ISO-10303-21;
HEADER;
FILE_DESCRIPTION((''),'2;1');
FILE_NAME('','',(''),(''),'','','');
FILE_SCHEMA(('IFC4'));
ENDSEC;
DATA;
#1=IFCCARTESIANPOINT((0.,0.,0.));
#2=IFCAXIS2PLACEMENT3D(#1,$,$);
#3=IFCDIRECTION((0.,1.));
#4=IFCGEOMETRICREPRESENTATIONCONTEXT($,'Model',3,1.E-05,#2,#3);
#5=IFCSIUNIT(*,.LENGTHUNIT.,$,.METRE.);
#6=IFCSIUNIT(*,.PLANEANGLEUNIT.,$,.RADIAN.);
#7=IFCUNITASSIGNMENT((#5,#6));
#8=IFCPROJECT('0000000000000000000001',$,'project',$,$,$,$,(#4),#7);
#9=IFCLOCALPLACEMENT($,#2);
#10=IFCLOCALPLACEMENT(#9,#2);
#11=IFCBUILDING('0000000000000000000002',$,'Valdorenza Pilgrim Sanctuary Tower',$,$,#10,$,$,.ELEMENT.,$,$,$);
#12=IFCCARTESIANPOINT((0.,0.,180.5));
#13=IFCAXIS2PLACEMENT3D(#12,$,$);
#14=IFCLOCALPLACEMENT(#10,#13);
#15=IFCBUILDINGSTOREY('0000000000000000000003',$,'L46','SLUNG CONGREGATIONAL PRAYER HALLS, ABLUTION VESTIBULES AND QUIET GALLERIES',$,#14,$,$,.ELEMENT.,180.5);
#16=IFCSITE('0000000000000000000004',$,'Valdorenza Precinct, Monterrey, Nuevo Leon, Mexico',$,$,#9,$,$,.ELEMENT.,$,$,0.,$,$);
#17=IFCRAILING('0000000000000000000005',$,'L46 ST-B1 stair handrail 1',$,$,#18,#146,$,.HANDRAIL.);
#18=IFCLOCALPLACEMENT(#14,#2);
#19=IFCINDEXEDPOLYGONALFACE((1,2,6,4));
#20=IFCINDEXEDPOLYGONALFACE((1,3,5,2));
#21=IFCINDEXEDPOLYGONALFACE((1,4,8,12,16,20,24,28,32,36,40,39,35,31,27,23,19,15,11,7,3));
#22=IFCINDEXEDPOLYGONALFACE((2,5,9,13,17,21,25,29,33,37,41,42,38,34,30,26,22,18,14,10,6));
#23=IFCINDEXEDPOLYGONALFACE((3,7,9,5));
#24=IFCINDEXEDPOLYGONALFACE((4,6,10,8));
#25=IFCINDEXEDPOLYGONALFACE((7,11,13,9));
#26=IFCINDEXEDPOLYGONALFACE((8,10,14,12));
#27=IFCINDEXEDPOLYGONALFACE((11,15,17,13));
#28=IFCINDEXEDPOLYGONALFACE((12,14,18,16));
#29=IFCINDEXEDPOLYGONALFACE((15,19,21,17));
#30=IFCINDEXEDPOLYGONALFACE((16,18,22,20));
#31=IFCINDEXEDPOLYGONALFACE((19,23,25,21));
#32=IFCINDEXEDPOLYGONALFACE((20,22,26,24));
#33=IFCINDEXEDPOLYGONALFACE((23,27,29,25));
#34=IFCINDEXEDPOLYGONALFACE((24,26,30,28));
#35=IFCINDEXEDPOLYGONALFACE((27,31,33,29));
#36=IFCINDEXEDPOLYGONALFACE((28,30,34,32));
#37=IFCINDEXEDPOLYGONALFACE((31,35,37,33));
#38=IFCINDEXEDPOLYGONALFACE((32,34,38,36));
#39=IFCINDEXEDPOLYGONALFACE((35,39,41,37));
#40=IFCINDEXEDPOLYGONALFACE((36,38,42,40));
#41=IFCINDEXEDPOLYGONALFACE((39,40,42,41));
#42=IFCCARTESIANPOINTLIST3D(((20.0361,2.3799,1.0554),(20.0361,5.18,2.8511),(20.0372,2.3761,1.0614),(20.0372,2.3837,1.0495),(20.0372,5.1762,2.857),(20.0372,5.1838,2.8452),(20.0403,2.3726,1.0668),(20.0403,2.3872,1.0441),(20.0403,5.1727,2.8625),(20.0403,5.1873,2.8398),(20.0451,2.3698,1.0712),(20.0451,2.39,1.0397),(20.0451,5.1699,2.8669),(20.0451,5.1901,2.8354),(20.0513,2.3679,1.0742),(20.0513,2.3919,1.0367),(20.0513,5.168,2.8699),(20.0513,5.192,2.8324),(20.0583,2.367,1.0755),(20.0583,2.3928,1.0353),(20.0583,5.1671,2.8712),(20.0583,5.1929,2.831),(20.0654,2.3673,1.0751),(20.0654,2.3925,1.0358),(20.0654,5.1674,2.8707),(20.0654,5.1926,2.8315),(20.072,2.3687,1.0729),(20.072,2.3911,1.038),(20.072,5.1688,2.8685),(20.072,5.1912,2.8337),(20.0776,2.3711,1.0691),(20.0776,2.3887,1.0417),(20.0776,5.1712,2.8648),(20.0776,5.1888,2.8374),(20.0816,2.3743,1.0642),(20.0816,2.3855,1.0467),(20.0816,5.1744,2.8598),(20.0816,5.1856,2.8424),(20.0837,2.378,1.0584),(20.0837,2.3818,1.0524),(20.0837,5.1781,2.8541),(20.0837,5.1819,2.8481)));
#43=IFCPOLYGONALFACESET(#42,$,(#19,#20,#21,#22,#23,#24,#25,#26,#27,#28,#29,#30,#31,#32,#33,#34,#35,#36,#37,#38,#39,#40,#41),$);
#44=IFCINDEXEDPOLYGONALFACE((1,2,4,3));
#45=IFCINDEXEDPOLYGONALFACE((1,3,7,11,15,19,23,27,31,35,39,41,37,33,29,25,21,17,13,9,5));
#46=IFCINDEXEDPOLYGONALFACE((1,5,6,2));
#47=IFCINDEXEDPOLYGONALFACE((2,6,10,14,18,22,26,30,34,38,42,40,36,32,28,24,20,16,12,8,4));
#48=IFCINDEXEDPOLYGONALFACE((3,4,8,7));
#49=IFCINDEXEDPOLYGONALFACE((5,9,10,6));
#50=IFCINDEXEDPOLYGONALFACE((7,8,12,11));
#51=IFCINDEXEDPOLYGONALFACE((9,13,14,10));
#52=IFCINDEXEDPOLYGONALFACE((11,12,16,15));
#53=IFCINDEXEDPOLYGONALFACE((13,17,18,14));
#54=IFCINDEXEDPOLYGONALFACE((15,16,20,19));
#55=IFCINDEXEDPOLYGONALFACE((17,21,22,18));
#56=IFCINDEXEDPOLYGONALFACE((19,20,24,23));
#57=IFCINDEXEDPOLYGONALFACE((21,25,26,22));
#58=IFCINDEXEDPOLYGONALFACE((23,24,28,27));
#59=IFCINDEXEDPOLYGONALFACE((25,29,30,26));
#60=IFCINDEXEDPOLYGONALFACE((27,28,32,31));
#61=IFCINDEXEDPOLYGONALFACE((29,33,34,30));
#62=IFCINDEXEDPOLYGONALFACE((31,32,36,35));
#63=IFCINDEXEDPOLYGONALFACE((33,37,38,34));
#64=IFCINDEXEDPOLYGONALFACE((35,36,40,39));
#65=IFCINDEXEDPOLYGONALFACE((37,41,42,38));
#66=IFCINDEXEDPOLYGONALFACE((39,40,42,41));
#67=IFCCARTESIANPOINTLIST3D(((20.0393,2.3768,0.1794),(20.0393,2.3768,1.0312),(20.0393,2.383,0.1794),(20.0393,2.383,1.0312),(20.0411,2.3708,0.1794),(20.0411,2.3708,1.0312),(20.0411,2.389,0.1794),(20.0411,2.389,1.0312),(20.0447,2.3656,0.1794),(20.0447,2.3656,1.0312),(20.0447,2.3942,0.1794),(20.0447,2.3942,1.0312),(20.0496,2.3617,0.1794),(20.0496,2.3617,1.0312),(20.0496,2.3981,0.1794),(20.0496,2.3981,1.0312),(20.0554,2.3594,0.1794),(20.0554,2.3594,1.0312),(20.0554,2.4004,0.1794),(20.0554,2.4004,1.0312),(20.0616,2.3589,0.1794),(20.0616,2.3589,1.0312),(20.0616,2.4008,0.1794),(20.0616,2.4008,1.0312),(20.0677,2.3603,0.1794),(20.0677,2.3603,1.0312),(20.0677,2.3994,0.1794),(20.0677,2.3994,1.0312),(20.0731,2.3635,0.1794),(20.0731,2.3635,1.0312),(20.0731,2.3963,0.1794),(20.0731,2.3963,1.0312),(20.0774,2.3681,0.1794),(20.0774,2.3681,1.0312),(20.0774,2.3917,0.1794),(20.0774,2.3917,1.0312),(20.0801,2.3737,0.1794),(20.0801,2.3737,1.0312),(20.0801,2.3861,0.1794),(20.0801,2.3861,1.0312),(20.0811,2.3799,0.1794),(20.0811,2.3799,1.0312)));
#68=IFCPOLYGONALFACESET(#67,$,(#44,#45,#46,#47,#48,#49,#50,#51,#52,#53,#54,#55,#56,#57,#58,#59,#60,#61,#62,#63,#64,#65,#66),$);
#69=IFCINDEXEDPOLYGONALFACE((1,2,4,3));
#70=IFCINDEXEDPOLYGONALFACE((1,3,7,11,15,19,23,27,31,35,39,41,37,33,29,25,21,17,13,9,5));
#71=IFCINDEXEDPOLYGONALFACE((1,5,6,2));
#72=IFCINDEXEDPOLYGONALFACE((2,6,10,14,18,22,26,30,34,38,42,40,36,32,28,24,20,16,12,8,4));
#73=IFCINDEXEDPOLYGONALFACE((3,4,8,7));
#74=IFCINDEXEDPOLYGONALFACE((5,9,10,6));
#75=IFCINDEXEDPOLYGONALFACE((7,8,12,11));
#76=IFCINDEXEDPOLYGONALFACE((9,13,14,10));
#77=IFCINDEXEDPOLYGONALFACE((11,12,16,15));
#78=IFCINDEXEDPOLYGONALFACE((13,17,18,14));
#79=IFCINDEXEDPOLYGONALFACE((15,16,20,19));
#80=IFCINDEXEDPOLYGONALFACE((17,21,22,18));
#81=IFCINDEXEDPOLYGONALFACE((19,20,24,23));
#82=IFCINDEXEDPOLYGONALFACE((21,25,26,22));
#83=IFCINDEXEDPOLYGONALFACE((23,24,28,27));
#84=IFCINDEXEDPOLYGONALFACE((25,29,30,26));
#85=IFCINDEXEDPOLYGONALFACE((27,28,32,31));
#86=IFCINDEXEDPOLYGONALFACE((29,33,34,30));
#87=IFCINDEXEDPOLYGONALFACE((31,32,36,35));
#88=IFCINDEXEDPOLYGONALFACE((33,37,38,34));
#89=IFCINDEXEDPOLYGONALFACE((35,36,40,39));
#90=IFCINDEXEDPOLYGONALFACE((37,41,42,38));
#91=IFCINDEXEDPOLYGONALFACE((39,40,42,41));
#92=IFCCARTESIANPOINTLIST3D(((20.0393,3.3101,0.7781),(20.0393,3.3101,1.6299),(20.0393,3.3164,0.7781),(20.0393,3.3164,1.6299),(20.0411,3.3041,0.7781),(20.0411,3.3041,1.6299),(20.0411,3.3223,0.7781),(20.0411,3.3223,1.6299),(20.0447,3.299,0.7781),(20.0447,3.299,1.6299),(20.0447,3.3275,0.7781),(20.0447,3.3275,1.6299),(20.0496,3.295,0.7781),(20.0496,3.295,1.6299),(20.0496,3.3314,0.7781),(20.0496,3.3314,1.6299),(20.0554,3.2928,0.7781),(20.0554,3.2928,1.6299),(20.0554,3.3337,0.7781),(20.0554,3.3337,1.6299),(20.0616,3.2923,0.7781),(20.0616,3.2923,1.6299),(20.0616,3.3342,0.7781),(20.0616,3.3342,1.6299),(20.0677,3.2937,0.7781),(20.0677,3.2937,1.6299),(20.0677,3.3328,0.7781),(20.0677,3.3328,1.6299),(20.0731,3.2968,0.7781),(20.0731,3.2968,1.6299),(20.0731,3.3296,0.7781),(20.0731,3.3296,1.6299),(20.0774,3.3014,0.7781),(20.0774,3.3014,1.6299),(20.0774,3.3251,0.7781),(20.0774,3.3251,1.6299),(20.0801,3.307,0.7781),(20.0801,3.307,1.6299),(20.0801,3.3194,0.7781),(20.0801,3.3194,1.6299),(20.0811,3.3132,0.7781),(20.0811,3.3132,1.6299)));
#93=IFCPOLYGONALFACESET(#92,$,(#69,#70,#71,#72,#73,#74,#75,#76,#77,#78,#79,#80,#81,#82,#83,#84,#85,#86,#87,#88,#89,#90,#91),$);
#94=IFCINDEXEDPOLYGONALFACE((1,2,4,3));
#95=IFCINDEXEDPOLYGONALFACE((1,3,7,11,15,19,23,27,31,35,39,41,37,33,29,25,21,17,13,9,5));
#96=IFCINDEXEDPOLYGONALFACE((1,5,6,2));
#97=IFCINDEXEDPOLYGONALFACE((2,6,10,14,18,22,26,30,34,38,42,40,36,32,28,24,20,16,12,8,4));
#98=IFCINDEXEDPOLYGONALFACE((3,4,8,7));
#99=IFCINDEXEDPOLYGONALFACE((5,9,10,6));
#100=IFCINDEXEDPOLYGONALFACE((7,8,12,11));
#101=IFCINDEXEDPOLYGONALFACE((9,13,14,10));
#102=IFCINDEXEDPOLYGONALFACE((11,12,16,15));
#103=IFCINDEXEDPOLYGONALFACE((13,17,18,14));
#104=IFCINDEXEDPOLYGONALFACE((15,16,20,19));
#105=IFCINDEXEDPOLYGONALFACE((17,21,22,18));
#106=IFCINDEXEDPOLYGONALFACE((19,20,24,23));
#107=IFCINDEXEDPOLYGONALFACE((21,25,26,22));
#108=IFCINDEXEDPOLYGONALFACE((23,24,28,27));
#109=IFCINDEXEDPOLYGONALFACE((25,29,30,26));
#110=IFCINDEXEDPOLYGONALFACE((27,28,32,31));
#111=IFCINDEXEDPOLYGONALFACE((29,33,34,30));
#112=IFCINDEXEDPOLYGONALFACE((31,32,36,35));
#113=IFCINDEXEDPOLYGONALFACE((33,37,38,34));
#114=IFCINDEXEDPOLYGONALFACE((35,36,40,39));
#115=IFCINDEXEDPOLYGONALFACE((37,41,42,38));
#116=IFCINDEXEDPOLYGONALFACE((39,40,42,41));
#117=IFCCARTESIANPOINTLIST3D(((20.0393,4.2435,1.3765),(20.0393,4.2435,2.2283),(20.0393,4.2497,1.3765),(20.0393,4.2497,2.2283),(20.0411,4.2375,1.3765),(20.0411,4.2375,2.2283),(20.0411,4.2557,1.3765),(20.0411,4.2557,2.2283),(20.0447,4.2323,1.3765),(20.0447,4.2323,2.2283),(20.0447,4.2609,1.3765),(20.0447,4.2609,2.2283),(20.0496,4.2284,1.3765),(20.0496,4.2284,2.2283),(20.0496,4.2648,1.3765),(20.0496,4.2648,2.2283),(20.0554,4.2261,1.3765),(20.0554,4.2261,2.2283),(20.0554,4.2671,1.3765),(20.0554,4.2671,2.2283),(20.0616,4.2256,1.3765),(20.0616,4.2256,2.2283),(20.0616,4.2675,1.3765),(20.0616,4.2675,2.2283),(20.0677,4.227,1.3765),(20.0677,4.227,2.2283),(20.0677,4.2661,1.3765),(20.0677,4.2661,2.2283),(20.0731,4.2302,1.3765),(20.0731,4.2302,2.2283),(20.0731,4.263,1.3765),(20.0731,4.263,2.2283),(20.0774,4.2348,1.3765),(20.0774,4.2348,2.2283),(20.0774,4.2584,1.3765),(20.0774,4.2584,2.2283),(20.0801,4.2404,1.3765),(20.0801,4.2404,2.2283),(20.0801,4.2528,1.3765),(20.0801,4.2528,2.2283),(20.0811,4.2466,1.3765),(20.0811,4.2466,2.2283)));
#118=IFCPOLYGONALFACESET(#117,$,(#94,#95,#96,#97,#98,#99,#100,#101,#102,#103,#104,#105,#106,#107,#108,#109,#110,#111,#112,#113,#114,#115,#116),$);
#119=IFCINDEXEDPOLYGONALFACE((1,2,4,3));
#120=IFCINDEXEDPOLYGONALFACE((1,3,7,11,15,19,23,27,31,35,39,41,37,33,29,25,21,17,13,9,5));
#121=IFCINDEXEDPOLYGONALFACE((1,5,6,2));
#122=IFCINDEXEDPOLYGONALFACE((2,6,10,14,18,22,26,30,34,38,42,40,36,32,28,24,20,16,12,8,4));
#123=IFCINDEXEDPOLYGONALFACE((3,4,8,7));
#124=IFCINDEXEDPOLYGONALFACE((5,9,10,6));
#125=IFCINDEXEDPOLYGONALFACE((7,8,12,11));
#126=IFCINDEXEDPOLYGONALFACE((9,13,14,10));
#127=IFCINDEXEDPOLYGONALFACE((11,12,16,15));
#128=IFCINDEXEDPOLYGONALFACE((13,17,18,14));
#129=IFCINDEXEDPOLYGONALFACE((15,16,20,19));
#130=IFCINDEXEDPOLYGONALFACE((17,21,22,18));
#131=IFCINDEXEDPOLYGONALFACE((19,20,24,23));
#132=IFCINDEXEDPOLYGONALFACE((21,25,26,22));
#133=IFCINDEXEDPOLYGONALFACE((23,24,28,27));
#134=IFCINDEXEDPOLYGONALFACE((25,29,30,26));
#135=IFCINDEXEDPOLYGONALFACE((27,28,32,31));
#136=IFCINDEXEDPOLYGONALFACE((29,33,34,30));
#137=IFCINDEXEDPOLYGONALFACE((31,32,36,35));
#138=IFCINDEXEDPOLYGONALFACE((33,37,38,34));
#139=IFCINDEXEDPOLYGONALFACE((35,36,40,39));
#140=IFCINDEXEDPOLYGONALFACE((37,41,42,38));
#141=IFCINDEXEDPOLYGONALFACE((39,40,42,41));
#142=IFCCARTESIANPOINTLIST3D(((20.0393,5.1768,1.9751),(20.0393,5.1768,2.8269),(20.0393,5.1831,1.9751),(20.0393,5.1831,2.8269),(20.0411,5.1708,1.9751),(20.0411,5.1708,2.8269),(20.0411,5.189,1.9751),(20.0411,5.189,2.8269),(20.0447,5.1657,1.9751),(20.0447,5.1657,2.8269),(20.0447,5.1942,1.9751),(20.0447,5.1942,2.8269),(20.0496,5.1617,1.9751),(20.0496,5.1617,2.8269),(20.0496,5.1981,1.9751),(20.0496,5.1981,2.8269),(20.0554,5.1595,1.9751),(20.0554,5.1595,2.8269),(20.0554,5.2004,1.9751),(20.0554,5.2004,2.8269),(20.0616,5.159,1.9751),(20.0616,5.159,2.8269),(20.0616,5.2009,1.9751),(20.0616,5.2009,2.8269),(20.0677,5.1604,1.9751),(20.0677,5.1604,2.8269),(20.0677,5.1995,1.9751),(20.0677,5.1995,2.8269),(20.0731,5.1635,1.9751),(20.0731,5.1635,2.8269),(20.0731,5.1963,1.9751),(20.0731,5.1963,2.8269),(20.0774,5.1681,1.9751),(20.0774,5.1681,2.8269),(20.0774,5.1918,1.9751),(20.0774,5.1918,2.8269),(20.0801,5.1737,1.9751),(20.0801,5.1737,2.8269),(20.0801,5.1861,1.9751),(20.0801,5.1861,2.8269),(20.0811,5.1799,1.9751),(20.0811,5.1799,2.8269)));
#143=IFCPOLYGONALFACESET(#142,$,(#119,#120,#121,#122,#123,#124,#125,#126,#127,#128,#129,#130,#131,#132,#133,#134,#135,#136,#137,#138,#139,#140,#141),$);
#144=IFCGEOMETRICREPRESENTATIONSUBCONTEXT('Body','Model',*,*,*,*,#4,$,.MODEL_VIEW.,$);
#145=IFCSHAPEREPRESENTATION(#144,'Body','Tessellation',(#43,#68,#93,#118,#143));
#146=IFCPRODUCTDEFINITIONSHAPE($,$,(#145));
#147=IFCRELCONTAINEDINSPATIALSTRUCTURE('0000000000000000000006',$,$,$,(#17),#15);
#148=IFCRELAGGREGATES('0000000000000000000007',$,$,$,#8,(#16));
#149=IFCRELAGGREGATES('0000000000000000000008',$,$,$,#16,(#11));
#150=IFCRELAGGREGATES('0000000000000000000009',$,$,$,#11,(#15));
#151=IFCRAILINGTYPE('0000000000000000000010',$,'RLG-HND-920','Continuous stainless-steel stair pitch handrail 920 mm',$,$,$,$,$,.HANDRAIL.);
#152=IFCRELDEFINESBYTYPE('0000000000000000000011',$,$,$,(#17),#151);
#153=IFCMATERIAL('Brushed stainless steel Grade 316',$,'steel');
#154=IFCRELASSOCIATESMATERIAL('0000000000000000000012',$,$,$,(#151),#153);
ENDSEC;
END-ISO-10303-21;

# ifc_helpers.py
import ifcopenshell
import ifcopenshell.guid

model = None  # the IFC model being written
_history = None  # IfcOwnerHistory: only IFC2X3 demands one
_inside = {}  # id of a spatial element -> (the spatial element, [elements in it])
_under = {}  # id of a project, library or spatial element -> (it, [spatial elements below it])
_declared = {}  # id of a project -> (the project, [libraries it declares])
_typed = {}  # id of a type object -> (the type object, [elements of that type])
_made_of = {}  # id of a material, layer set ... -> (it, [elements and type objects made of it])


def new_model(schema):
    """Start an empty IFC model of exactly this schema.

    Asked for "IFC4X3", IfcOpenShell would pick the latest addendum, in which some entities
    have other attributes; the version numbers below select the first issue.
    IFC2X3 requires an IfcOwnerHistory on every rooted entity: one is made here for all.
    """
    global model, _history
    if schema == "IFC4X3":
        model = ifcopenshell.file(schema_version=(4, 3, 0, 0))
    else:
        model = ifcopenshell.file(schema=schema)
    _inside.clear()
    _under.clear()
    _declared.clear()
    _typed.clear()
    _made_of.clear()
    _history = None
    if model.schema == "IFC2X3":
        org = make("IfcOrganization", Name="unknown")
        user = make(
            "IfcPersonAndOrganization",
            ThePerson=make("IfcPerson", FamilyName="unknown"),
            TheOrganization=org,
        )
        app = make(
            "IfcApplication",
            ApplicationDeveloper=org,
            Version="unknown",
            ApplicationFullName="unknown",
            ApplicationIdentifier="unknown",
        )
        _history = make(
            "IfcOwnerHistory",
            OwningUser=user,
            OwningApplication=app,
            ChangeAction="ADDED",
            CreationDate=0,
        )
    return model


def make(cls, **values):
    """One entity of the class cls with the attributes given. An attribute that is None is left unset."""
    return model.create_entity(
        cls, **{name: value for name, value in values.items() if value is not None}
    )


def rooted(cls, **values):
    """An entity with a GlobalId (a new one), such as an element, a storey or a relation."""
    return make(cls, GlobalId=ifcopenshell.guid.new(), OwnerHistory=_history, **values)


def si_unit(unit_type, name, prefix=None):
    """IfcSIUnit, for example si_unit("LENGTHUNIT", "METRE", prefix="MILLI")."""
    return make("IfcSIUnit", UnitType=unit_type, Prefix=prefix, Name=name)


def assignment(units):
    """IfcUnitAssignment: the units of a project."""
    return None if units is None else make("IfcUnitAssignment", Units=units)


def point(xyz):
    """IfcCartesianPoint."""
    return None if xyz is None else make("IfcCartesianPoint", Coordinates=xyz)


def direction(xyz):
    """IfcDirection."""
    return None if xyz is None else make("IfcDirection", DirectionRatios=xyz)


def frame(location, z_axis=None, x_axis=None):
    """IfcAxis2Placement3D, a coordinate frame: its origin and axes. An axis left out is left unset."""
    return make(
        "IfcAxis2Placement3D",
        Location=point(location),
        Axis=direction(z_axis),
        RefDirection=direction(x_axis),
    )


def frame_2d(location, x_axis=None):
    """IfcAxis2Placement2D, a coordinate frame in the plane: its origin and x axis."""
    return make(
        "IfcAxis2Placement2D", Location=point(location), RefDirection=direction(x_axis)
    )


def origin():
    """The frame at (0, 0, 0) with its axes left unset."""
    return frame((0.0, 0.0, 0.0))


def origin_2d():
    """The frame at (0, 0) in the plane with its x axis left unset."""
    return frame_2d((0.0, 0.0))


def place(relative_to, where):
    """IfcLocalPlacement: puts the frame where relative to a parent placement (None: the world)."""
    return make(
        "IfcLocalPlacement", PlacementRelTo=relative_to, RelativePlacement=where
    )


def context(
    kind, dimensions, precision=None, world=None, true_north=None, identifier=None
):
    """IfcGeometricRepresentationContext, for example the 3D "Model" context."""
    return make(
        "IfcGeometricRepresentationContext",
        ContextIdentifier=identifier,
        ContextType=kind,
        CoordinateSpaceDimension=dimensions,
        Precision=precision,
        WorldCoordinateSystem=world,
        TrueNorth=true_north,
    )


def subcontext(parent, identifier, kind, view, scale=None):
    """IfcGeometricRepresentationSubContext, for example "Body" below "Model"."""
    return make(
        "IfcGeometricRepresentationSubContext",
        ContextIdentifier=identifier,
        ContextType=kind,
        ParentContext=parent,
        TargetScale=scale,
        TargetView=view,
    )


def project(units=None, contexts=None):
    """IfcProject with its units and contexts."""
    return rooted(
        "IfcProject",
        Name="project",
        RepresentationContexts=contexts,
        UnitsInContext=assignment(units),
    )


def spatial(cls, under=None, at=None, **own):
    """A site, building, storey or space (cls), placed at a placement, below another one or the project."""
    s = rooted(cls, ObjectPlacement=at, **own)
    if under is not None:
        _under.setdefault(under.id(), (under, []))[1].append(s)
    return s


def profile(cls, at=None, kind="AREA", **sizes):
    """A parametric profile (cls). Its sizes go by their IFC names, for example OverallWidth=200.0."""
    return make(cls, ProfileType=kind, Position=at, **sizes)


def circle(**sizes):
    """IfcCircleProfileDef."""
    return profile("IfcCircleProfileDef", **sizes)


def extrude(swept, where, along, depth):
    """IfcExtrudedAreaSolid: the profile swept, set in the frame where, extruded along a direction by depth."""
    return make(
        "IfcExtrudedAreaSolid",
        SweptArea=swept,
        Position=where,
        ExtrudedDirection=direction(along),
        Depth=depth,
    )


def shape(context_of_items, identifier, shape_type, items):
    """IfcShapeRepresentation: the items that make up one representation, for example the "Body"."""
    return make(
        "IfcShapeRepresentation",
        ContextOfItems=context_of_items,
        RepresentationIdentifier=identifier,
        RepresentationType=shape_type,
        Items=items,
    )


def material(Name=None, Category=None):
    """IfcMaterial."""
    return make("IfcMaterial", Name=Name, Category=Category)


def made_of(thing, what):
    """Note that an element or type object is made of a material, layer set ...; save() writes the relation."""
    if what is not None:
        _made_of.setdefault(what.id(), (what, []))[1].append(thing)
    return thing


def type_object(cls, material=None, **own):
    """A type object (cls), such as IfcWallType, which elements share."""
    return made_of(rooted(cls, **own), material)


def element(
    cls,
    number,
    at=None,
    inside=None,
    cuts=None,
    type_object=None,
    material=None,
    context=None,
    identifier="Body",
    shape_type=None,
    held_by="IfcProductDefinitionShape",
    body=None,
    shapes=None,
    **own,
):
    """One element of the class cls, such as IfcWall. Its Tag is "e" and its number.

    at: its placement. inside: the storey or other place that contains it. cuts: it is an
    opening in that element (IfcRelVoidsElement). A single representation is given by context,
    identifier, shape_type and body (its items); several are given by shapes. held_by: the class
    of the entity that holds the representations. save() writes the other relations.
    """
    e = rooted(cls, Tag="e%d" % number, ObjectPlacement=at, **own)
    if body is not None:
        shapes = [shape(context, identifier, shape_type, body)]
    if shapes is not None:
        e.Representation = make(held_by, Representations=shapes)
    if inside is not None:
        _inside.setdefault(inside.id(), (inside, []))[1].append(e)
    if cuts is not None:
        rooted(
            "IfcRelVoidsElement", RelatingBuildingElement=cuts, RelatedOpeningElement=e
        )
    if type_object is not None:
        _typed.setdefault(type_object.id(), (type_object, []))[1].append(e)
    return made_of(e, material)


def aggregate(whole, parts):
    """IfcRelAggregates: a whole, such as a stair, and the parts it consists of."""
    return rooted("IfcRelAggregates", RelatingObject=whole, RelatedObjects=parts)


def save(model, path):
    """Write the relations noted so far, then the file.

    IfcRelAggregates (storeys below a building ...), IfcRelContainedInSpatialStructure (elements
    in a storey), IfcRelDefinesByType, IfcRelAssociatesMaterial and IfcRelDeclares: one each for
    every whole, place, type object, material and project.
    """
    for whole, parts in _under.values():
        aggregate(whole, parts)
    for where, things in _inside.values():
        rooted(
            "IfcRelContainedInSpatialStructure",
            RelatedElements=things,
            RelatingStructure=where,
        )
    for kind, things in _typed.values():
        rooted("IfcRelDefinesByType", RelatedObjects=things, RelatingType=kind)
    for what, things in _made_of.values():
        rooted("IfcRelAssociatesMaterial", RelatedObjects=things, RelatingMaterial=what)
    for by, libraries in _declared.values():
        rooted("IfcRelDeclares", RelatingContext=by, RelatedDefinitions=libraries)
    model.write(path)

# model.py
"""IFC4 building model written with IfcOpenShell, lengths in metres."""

from ifc_helpers import new_model, si_unit, direction, frame, origin, origin_2d, place, context, subcontext, project, spatial, circle, extrude, material, type_object, element, save


model = new_model("IFC4")

# Units and contexts
model_context = context("Model", 3, precision=1e-05, world=origin(), true_north=direction((0.0, 1.0)))
body_context = subcontext(model_context, "Body", "Model", "MODEL_VIEW")
ifc_project = project(units=[si_unit("LENGTHUNIT", "METRE"), si_unit("PLANEANGLEUNIT", "RADIAN")], contexts=[model_context])

# Site, building, storey
site_placement = place(None, origin())
site = spatial("IfcSite", under=ifc_project, at=site_placement, Name="Valdorenza Precinct, Monterrey, Nuevo Leon, Mexico", CompositionType="ELEMENT", RefElevation=0.0)
building_placement = place(site_placement, origin())
building = spatial("IfcBuilding", under=site, at=building_placement, Name="Valdorenza Pilgrim Sanctuary Tower", CompositionType="ELEMENT")
storey_placement = place(building_placement, frame((0.0, 0.0, 180.5)))
storey = spatial("IfcBuildingStorey", under=building, at=storey_placement, Name="L46", Description="SLUNG CONGREGATIONAL PRAYER HALLS, ABLUTION VESTIBULES AND QUIET GALLERIES", CompositionType="ELEMENT", Elevation=180.5)

# Shared definitions
ifc_material_1 = material(Name="Brushed stainless steel Grade 316", Category="steel")

# Railing
railing_type_1 = type_object("IfcRailingType", Name="RLG-HND-920", Description="Continuous stainless-steel stair pitch handrail 920 mm", PredefinedType="HANDRAIL", material=ifc_material_1)
railing_1_placement = place(storey_placement, frame((20.0601, 2.3799, 0.1794)))
element("IfcRailing", 1, at=railing_1_placement, inside=storey, type_object=railing_type_1, Name="L46 ST-B1 stair handrail 1", PredefinedType="HANDRAIL", context=body_context, shape_type="SweptSolid", body=[
    extrude(circle(Radius=0.0239, at=origin_2d()), frame((0.0, 0.0, 0.876), z_axis=(0.0, 0.841777, 0.539826), x_axis=(-1.0, 0.0, 0.0)), (0.0, 0.0, 1.0), 3.3264),
    extrude(circle(Radius=0.021, at=origin_2d()), origin(), (0.0, 0.0, 1.0), 0.8518),
    extrude(circle(Radius=0.021, at=origin_2d()), frame((0.0, 0.9333, 0.5986)), (0.0, 0.0, 1.0), 0.8518),
    extrude(circle(Radius=0.021, at=origin_2d()), frame((0.0, 1.8667, 1.197)), (0.0, 0.0, 1.0), 0.8518),
    extrude(circle(Radius=0.021, at=origin_2d()), frame((0.0, 2.8, 1.7957)), (0.0, 0.0, 1.0), 0.8518),
])

save(model, "model.ifc")
